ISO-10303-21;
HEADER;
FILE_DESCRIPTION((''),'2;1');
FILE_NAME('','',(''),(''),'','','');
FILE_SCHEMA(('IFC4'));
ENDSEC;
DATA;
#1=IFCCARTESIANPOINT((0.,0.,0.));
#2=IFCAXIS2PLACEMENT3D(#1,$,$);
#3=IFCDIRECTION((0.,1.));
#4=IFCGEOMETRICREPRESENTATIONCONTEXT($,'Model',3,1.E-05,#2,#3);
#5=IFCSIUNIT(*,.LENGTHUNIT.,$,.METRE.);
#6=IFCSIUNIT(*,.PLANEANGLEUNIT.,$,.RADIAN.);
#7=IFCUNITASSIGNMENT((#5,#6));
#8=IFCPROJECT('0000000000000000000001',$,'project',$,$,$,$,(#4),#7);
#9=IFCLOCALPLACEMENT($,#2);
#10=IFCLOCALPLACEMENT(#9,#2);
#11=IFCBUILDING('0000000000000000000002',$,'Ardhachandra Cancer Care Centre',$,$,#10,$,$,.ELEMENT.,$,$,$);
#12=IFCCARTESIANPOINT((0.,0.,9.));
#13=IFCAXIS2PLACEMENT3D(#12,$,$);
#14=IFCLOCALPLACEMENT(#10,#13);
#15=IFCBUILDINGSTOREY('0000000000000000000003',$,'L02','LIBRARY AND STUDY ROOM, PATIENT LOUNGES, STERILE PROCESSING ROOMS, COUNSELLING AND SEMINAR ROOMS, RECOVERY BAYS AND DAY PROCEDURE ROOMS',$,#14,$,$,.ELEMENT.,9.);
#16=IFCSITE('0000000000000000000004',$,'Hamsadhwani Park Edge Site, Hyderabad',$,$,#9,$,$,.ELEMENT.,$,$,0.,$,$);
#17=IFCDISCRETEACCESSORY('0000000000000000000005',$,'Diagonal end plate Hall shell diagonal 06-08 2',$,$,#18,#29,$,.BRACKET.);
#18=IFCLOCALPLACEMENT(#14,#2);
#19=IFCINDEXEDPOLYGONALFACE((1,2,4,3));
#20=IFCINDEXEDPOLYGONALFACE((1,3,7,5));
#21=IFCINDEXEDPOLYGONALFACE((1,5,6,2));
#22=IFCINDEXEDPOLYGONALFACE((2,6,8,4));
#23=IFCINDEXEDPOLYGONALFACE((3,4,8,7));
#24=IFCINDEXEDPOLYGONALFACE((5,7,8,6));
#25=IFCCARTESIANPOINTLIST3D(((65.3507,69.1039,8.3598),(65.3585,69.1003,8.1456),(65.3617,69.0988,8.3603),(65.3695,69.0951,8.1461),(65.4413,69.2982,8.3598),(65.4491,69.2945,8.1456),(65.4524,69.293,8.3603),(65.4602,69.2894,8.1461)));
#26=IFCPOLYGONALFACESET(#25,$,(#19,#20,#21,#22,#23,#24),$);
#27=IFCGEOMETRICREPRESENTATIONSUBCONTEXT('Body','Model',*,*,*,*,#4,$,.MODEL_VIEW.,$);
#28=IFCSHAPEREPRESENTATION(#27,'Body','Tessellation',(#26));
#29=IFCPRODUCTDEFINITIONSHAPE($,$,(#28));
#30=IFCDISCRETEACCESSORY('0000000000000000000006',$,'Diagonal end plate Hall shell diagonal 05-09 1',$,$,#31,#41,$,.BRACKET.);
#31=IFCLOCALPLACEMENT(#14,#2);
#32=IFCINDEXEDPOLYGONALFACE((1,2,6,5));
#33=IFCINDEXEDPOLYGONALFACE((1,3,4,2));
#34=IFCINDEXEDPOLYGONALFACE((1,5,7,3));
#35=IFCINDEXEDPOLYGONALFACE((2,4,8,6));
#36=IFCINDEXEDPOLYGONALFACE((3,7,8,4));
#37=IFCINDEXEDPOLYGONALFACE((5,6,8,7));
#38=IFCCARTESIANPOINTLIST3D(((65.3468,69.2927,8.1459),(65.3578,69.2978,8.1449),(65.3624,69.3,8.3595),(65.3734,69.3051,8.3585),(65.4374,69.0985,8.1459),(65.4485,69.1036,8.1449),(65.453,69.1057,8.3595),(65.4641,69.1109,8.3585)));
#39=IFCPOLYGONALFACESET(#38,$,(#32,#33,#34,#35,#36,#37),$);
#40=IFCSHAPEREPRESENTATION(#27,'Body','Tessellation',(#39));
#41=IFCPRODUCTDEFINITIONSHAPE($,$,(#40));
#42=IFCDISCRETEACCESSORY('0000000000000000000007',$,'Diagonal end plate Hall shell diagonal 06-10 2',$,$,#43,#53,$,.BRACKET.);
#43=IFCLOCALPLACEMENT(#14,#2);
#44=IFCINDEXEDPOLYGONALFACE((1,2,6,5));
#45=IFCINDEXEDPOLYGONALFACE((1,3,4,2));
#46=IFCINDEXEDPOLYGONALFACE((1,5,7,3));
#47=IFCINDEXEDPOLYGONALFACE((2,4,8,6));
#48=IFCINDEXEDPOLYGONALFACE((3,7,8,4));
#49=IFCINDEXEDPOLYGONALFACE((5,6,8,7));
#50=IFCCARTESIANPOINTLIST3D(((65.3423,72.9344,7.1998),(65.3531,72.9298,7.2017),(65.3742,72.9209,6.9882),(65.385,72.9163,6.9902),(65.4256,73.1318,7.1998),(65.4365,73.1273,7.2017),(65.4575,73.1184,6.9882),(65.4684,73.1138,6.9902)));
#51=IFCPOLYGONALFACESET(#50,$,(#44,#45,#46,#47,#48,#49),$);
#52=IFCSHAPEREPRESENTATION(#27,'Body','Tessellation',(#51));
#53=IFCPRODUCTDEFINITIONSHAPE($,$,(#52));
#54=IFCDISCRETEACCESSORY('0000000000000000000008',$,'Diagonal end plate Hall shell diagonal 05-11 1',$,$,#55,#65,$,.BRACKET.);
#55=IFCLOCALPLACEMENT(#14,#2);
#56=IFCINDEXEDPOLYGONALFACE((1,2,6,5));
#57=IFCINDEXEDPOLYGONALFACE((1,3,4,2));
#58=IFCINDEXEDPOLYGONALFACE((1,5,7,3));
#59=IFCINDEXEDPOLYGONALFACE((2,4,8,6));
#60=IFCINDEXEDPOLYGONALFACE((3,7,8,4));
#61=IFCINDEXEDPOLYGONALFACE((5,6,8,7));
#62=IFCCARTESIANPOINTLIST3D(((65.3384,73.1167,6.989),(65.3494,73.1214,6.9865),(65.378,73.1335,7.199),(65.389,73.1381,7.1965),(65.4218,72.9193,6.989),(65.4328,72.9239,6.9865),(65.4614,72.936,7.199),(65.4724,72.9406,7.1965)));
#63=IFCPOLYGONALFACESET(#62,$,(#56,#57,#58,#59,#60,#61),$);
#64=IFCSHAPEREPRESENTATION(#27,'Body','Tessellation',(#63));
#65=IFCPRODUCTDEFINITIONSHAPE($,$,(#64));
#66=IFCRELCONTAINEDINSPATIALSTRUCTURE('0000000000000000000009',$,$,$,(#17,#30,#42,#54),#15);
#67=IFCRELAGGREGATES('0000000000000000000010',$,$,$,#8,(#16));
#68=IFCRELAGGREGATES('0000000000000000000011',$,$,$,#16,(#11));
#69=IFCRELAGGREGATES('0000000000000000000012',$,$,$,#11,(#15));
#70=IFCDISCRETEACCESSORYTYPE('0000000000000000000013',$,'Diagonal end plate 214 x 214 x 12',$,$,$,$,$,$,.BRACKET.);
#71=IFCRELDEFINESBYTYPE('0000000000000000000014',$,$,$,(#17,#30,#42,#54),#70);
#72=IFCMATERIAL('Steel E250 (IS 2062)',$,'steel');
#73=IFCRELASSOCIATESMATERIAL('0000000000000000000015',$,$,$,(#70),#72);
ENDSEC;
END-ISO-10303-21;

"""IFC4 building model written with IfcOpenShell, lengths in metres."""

from ifc_helpers import new_model, si_unit, direction, frame, origin, origin_2d, place, context, subcontext, project, spatial, rectangle, extrude, material, material_profile, profile_set, type_object, element, save


model = new_model("IFC4")

# Units and contexts
model_context = context("Model", 3, precision=1e-05, world=origin(), true_north=direction((0.0, 1.0)))
body_context = subcontext(model_context, "Body", "Model", "MODEL_VIEW")
ifc_project = project(units=[si_unit("LENGTHUNIT", "METRE"), si_unit("PLANEANGLEUNIT", "RADIAN")], contexts=[model_context])

# Site, building, storey
site_placement = place(None, origin())
site = spatial("IfcSite", under=ifc_project, at=site_placement, Name="Hamsadhwani Park Edge Site, Hyderabad", CompositionType="ELEMENT", RefElevation=0.0)
building_placement = place(site_placement, origin())
building = spatial("IfcBuilding", under=site, at=building_placement, Name="Ardhachandra Cancer Care Centre", CompositionType="ELEMENT")
storey_placement = place(building_placement, frame((0.0, 0.0, 9.0)))
storey = spatial("IfcBuildingStorey", under=building, at=storey_placement, Name="L02", Description="LIBRARY AND STUDY ROOM, PATIENT LOUNGES, STERILE PROCESSING ROOMS, COUNSELLING AND SEMINAR ROOMS, RECOVERY BAYS AND DAY PROCEDURE ROOMS", CompositionType="ELEMENT", Elevation=9.0)

# Discrete accessories
ifc_material_1 = material(Name="Steel E250 (IS 2062)", Category="steel")
ifc_material_profile_1 = material_profile(ifc_material_1, rectangle(XDim=0.2144, YDim=0.2144, at=origin_2d()), Name="PL 214x214x12")
ifc_profile_set_1 = profile_set([ifc_material_profile_1], Name="Steel E250 (IS 2062)")
discrete_accessory_type = type_object("IfcDiscreteAccessoryType", Name="Diagonal end plate 214 x 214 x 12", PredefinedType="BRACKET", material=ifc_profile_set_1)
for number, where, z_axis, x_axis, name in (
    (1, (65.3999, 69.1992, 8.2527), (0.905449, -0.422543, 0.040242), (0.422885, 0.906183, 0.0), "Diagonal end plate Hall shell diagonal 06-08 2"),
    (2, (65.3999, 69.1992, 8.2527), (0.903258, 0.42152, -0.08029), (-0.422885, 0.906183, 0.0), "Diagonal end plate Hall shell diagonal 05-09 1"),
):
    element("IfcDiscreteAccessory", number, at=place(storey_placement, frame(where, z_axis=z_axis, x_axis=x_axis)), inside=storey, type_object=discrete_accessory_type, Name=name, PredefinedType="BRACKET", context=body_context, shape_type="SweptSolid", body=[
        extrude(rectangle(XDim=0.2144, YDim=0.2144, at=origin_2d()), origin(), (0.0, 0.0, 1.0), 0.0122),
    ])
discrete_accessory_1_placement = place(storey_placement, frame((65.3999, 73.0264, 7.094), z_axis=(0.909137, -0.383858, 0.161624), x_axis=(0.388972, 0.92125, 0.0)))
element("IfcDiscreteAccessory", 3, at=discrete_accessory_1_placement, inside=storey, type_object=discrete_accessory_type, Name="Diagonal end plate Hall shell diagonal 06-10 2", PredefinedType="BRACKET", context=body_context, shape_type="SweptSolid", body=[
    extrude(rectangle(XDim=0.2144, YDim=0.2144, at=origin_2d()), origin(), (0.0, 0.0, 1.0), 0.012),
])
discrete_accessory_2_placement = place(storey_placement, frame((65.3999, 73.0264, 7.094), z_axis=(0.902531, 0.381068, -0.200562), x_axis=(-0.388972, 0.92125, 0.0)))
element("IfcDiscreteAccessory", 4, at=discrete_accessory_2_placement, inside=storey, type_object=discrete_accessory_type, Name="Diagonal end plate Hall shell diagonal 05-11 1", PredefinedType="BRACKET", context=body_context, shape_type="SweptSolid", body=[
    extrude(rectangle(XDim=0.2144, YDim=0.2144, at=origin_2d()), origin(), (0.0, 0.0, 1.0), 0.0122),
])

save(model, "model.ifc")
